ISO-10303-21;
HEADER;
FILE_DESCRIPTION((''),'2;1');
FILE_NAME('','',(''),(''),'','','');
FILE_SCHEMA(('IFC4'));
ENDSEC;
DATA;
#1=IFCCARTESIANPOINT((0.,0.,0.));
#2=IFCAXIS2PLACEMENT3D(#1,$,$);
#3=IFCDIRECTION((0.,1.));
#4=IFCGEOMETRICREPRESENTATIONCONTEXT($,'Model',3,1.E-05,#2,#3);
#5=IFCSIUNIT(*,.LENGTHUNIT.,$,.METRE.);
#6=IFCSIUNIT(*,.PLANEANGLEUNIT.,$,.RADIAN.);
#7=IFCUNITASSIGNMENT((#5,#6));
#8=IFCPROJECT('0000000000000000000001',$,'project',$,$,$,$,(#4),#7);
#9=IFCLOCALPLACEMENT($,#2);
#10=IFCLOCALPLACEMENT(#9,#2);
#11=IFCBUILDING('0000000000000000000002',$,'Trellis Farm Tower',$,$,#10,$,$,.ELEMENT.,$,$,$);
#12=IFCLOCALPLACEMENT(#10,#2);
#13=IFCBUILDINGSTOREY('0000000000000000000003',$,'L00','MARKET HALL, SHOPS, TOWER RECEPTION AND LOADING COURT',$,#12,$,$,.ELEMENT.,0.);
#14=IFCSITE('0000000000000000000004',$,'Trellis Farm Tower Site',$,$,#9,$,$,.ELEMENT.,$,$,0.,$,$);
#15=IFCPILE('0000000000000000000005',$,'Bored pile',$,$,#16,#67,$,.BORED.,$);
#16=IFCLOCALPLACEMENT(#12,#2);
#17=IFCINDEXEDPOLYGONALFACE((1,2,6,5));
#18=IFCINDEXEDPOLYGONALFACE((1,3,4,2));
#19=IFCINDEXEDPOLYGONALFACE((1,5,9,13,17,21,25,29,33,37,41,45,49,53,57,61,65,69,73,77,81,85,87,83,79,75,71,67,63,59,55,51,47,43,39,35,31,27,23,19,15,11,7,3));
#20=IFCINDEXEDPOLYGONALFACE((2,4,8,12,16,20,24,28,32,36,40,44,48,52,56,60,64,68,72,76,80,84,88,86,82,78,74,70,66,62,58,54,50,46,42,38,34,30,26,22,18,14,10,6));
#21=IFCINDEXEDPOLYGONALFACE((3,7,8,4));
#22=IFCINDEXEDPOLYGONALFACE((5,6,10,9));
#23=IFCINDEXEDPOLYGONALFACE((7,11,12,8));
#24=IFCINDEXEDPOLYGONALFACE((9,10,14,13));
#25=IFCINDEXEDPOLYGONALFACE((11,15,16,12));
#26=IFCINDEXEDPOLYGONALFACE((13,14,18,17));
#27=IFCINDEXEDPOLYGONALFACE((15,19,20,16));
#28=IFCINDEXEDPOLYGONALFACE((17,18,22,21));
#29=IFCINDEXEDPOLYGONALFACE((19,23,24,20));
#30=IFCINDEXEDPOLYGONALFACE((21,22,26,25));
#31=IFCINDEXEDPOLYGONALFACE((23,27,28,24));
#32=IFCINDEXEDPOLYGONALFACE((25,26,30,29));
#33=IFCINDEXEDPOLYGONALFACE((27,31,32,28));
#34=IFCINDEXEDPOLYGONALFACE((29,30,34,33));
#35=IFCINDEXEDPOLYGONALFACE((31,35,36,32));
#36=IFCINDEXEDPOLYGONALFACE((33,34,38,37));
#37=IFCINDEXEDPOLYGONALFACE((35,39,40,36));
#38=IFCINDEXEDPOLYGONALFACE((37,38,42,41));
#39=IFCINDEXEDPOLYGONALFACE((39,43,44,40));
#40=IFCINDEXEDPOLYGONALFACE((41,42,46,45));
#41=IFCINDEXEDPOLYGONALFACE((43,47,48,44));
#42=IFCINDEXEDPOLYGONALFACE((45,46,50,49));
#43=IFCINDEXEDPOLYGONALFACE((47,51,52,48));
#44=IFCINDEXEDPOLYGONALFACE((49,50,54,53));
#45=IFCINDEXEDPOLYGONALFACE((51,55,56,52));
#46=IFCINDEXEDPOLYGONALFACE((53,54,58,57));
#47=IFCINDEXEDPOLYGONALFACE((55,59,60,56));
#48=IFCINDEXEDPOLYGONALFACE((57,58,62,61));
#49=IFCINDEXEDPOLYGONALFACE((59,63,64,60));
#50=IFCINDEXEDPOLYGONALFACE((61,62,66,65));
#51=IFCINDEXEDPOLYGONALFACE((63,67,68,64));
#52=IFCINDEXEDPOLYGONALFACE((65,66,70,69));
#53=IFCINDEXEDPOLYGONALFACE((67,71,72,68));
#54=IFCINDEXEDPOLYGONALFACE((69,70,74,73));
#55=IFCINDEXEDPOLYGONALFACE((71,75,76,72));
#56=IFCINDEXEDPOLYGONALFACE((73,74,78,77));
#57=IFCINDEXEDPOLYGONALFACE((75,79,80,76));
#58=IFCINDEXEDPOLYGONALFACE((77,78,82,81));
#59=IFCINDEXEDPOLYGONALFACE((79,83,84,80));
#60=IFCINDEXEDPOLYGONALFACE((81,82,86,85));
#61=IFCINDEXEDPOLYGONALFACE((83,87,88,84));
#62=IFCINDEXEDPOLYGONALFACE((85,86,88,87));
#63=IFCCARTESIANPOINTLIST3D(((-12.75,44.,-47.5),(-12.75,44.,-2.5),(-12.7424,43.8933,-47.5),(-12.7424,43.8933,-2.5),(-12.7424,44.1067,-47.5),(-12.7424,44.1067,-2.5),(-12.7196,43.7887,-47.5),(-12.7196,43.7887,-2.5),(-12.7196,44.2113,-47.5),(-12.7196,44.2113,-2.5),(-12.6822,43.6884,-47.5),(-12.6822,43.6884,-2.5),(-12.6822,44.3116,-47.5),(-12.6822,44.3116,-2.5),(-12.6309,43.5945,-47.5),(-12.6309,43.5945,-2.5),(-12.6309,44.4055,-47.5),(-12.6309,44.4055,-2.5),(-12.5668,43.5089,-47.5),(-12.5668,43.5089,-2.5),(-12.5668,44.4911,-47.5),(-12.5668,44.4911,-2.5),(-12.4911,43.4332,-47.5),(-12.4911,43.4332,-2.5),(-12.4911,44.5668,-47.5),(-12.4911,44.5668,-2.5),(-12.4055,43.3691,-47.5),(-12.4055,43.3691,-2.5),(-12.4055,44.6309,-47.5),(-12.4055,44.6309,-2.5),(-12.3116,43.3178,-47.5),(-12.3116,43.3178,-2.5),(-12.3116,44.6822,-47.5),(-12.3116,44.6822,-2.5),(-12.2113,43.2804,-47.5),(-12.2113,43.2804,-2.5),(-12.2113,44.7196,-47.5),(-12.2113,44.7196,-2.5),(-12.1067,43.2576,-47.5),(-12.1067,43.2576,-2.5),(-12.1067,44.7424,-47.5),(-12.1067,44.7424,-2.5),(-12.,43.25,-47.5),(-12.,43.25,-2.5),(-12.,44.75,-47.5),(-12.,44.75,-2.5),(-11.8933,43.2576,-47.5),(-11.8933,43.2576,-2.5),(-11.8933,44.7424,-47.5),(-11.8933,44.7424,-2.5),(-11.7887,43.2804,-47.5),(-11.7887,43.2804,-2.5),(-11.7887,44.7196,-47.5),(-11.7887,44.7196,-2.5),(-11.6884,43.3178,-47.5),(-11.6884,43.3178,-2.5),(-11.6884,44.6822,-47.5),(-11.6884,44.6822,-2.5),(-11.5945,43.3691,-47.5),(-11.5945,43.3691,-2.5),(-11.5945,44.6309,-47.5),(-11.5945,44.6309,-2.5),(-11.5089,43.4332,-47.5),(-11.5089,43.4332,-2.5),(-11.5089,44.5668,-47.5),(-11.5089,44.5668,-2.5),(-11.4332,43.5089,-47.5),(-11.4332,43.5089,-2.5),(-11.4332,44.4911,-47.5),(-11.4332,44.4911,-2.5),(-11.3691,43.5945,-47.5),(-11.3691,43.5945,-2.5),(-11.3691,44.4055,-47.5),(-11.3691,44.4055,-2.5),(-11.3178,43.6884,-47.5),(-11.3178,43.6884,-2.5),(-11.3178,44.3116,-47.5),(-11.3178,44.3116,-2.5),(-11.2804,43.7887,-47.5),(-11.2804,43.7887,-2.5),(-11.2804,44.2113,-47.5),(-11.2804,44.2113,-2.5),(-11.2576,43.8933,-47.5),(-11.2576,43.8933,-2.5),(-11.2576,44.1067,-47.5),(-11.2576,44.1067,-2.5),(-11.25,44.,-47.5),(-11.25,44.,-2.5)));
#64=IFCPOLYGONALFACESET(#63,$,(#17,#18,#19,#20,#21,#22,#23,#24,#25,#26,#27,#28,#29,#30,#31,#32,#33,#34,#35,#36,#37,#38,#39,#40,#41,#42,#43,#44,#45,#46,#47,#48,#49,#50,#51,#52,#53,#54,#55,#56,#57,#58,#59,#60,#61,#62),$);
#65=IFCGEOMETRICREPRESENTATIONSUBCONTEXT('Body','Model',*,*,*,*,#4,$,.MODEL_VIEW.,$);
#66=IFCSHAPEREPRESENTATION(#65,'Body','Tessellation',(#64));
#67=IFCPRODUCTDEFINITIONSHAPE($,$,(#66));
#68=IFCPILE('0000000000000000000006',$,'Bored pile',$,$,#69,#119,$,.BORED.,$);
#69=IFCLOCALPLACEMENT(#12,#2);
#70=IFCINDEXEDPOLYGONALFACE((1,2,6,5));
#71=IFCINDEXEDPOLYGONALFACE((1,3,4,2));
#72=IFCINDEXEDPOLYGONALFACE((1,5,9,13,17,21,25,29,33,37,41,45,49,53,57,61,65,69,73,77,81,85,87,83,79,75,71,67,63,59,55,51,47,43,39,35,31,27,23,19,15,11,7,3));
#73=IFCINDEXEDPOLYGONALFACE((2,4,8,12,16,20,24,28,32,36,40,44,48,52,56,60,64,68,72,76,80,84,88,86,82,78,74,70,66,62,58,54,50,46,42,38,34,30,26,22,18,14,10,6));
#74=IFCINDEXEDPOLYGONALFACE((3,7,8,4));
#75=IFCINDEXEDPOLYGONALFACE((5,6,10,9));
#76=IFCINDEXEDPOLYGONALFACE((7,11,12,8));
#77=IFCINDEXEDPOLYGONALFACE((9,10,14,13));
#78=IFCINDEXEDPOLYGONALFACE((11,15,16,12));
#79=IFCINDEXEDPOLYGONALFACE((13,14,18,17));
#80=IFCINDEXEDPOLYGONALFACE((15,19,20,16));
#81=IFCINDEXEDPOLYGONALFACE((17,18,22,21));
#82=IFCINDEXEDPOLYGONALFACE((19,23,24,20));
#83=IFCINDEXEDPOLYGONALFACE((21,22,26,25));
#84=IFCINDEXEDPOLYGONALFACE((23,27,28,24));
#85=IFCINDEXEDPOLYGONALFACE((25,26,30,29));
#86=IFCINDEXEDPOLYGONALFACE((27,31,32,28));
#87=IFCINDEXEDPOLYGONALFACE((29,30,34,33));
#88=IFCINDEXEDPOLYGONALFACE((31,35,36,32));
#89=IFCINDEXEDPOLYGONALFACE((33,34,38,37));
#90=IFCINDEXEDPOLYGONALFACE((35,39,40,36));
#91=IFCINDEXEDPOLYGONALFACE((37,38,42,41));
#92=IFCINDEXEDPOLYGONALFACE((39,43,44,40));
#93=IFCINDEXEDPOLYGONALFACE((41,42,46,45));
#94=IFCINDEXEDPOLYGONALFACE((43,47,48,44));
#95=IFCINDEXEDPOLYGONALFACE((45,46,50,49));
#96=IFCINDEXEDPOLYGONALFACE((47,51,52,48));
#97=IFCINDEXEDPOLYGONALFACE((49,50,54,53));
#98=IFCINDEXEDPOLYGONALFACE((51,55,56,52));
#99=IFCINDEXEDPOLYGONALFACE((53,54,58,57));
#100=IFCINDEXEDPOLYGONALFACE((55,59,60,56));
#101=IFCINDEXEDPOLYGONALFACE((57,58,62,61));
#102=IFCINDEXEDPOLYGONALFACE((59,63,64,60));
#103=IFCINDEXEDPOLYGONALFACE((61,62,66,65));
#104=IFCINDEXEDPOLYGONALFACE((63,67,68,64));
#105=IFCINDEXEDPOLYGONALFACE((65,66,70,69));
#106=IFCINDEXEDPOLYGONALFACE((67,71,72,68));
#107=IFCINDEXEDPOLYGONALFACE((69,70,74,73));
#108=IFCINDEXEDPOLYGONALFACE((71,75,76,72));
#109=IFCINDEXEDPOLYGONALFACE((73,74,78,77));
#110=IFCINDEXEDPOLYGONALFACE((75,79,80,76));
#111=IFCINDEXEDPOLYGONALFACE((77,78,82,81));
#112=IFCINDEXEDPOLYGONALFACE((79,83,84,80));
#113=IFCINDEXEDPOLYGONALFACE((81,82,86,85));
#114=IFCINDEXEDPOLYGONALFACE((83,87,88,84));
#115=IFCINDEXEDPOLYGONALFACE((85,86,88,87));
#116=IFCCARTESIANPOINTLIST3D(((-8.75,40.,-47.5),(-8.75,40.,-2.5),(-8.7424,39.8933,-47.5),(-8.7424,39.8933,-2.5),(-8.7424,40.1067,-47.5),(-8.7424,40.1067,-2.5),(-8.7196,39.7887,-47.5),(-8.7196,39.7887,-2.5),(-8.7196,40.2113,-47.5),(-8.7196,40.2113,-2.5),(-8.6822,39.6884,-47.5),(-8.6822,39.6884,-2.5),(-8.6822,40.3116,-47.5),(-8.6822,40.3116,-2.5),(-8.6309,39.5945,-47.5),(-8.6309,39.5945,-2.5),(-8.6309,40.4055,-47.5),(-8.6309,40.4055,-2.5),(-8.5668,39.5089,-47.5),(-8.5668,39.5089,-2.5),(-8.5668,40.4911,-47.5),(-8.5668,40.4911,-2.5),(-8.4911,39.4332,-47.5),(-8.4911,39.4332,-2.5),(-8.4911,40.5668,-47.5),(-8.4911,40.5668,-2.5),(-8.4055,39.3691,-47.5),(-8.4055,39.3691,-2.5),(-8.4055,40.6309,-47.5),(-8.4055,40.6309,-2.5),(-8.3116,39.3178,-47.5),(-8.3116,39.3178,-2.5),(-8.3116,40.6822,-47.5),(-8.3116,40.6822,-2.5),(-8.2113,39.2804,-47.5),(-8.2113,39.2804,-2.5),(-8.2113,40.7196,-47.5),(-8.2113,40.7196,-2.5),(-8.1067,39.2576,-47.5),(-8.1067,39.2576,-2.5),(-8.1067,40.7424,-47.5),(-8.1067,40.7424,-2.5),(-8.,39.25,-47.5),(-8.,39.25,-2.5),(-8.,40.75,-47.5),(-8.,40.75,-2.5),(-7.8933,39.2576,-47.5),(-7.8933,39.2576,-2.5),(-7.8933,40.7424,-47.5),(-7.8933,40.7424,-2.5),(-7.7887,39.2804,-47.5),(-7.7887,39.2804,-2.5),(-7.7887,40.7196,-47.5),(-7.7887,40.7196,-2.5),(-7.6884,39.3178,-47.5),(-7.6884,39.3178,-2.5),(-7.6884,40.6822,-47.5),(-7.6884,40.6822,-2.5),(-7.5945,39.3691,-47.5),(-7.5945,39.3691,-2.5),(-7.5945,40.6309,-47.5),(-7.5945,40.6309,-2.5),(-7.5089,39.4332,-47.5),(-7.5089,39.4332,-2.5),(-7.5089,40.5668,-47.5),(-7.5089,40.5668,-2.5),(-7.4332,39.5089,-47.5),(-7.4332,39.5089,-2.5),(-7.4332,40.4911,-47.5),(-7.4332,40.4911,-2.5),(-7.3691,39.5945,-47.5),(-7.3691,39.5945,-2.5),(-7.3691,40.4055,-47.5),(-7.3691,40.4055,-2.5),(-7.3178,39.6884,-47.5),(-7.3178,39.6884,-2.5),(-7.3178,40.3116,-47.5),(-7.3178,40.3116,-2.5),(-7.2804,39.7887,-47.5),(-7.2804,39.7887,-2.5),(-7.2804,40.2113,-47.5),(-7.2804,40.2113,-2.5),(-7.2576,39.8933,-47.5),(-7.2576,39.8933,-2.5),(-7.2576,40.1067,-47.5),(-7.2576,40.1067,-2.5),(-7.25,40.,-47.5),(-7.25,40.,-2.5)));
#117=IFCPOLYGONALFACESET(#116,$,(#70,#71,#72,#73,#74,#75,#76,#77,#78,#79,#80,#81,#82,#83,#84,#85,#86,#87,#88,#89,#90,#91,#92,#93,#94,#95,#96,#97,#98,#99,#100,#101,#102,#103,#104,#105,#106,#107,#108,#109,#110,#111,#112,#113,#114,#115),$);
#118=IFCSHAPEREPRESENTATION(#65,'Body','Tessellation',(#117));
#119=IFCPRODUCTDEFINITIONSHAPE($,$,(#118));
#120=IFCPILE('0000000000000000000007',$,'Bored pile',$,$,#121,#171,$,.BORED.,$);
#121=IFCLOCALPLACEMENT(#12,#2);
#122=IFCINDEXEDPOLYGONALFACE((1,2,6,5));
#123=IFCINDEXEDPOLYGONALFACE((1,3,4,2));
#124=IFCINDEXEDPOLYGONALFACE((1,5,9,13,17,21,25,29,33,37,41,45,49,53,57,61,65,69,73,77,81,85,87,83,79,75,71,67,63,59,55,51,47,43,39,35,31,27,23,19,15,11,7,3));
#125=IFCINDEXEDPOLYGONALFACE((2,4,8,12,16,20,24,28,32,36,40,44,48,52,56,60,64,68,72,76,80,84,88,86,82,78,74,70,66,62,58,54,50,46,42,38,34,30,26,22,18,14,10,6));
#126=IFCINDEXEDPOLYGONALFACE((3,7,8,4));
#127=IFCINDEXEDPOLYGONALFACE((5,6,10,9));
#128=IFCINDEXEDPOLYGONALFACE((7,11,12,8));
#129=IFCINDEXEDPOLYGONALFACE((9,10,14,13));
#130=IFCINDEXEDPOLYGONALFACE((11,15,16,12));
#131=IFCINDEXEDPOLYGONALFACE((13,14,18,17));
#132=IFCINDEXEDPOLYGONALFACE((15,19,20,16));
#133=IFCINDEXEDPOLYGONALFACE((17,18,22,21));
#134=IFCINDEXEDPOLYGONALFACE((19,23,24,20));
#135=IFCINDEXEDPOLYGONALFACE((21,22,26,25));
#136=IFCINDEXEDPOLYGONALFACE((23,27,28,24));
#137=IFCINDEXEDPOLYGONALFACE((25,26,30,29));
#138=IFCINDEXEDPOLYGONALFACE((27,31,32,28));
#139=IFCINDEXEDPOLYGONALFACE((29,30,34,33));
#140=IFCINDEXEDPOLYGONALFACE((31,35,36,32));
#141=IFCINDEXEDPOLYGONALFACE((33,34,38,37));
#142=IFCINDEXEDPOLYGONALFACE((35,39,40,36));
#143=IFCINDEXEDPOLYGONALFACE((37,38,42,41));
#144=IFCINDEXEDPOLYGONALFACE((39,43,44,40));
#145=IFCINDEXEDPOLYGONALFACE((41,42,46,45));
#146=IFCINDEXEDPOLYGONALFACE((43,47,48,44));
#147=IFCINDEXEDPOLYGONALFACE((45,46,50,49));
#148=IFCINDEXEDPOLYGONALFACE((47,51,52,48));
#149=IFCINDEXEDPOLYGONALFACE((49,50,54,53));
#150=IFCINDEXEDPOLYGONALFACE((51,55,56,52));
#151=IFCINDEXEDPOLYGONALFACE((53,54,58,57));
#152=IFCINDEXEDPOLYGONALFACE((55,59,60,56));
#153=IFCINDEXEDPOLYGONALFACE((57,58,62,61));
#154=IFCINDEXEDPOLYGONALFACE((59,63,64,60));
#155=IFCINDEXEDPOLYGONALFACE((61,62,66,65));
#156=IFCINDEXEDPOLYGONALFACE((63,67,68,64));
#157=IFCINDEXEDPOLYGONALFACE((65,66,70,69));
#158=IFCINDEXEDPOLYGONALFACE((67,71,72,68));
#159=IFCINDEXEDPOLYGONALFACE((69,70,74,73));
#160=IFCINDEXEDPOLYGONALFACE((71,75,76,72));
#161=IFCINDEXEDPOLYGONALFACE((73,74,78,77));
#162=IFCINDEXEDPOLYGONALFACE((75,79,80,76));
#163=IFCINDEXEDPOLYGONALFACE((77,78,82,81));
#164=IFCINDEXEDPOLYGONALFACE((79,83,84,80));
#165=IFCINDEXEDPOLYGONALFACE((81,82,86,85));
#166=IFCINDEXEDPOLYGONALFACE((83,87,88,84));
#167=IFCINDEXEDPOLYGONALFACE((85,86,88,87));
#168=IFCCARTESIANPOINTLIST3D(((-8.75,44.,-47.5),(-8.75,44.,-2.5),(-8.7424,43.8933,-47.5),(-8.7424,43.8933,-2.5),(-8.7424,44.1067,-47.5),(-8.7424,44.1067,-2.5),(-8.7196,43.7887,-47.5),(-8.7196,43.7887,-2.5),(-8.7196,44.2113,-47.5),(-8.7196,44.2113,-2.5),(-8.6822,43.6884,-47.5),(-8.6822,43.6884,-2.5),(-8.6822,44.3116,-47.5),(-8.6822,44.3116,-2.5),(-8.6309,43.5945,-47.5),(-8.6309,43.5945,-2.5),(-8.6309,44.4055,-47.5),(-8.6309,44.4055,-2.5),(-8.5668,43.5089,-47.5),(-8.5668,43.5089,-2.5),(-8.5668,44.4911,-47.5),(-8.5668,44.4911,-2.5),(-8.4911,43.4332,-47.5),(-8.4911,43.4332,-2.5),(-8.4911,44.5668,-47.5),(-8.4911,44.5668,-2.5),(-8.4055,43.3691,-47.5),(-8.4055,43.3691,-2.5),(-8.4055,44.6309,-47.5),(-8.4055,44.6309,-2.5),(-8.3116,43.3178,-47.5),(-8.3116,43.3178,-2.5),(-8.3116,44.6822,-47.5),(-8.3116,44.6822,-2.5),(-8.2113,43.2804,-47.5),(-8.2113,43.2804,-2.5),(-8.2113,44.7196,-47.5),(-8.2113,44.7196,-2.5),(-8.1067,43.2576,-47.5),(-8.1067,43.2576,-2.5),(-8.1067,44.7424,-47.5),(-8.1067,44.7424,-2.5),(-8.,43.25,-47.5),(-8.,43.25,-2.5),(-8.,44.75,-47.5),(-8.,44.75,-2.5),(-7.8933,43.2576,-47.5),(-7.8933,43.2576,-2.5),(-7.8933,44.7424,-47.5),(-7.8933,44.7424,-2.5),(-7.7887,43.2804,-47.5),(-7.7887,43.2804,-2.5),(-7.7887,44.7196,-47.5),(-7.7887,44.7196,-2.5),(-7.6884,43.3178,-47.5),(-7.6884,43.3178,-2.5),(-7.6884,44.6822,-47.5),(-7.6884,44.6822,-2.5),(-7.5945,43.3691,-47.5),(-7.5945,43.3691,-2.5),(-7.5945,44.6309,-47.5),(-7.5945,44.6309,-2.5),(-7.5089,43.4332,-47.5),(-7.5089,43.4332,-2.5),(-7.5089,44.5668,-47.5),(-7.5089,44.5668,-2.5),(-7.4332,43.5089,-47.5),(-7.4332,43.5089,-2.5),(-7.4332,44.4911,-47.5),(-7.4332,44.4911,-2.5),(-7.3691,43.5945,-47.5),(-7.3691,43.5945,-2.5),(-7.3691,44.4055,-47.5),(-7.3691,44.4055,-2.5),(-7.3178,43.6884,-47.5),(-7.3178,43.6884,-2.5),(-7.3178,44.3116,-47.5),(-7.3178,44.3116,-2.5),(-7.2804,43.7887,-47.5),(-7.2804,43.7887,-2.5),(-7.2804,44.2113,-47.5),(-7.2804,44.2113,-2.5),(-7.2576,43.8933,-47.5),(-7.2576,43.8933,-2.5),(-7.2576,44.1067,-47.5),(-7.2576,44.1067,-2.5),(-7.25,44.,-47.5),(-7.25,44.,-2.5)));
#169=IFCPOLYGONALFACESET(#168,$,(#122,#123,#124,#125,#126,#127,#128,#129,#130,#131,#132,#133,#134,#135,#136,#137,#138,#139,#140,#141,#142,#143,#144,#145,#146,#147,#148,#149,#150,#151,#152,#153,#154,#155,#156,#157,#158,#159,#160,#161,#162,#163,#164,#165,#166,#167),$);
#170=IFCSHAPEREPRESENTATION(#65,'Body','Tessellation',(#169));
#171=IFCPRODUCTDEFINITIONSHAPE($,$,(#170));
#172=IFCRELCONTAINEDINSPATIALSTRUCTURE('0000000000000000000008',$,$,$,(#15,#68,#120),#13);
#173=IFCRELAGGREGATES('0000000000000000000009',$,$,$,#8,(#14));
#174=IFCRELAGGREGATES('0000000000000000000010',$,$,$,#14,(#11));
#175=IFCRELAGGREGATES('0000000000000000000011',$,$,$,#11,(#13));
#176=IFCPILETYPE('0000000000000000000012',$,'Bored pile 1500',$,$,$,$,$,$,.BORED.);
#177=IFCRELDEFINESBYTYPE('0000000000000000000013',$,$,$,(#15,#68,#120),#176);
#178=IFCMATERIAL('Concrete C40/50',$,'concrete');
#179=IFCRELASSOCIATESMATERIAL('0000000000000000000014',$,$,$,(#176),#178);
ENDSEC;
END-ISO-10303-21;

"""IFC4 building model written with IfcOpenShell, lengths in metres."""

from ifc_helpers import new_model, si_unit, direction, frame, origin, origin_2d, place, context, subcontext, project, spatial, circle, extrude, source, transform, mapped, material, material_profile, profile_set, type_object, element, save


model = new_model("IFC4")

# Units and contexts
model_context = context("Model", 3, precision=1e-05, world=origin(), true_north=direction((0.0, 1.0)))
body_context = subcontext(model_context, "Body", "Model", "MODEL_VIEW")
ifc_project = project(units=[si_unit("LENGTHUNIT", "METRE"), si_unit("PLANEANGLEUNIT", "RADIAN")], contexts=[model_context])

# Site, building, storey
site_placement = place(None, origin())
site = spatial("IfcSite", under=ifc_project, at=site_placement, Name="Trellis Farm Tower Site", CompositionType="ELEMENT", RefElevation=0.0)
building_placement = place(site_placement, origin())
building = spatial("IfcBuilding", under=site, at=building_placement, Name="Trellis Farm Tower", CompositionType="ELEMENT")
storey_placement = place(building_placement, origin())
storey = spatial("IfcBuildingStorey", under=building, at=storey_placement, Name="L00", Description="MARKET HALL, SHOPS, TOWER RECEPTION AND LOADING COURT", CompositionType="ELEMENT", Elevation=0.0)

# Piles
ifc_material_1 = material(Name="Concrete C40/50", Category="concrete")
ifc_material_profile_1 = material_profile(ifc_material_1, circle(Radius=0.75, at=origin_2d()), Name="Bored pile 1500")
ifc_profile_set_1 = profile_set([ifc_material_profile_1], Name="Concrete C40/50")
pile_type = type_object("IfcPileType", Name="Bored pile 1500", PredefinedType="BORED", material=ifc_profile_set_1)
shared_shape_1 = source(origin(), body_context, "Body", "SweptSolid", [
    extrude(circle(Radius=0.75, at=origin_2d()), origin(), (0.0, 0.0, 1.0), 45.0),
])
for number, where, z_axis, x_axis, name in (
    (1, (-12.0, 44.0, -2.5), (0.0, 0.0, -1.0), (1.0, 0.0, 0.0), "Bored pile"),
    (2, (-8.0, 40.0, -2.5), (0.0, 0.0, -1.0), (1.0, 0.0, 0.0), "Bored pile"),
    (3, (-8.0, 44.0, -2.5), (0.0, 0.0, -1.0), (1.0, 0.0, 0.0), "Bored pile"),
):
    element("IfcPile", number, at=place(storey_placement, frame(where, z_axis=z_axis, x_axis=x_axis)), inside=storey, type_object=pile_type, Name=name, PredefinedType="BORED", context=body_context, shape_type="MappedRepresentation", body=[
        mapped(shared_shape_1, transform((0.0, 0.0, 0.0))),
    ])

save(model, "model.ifc")
